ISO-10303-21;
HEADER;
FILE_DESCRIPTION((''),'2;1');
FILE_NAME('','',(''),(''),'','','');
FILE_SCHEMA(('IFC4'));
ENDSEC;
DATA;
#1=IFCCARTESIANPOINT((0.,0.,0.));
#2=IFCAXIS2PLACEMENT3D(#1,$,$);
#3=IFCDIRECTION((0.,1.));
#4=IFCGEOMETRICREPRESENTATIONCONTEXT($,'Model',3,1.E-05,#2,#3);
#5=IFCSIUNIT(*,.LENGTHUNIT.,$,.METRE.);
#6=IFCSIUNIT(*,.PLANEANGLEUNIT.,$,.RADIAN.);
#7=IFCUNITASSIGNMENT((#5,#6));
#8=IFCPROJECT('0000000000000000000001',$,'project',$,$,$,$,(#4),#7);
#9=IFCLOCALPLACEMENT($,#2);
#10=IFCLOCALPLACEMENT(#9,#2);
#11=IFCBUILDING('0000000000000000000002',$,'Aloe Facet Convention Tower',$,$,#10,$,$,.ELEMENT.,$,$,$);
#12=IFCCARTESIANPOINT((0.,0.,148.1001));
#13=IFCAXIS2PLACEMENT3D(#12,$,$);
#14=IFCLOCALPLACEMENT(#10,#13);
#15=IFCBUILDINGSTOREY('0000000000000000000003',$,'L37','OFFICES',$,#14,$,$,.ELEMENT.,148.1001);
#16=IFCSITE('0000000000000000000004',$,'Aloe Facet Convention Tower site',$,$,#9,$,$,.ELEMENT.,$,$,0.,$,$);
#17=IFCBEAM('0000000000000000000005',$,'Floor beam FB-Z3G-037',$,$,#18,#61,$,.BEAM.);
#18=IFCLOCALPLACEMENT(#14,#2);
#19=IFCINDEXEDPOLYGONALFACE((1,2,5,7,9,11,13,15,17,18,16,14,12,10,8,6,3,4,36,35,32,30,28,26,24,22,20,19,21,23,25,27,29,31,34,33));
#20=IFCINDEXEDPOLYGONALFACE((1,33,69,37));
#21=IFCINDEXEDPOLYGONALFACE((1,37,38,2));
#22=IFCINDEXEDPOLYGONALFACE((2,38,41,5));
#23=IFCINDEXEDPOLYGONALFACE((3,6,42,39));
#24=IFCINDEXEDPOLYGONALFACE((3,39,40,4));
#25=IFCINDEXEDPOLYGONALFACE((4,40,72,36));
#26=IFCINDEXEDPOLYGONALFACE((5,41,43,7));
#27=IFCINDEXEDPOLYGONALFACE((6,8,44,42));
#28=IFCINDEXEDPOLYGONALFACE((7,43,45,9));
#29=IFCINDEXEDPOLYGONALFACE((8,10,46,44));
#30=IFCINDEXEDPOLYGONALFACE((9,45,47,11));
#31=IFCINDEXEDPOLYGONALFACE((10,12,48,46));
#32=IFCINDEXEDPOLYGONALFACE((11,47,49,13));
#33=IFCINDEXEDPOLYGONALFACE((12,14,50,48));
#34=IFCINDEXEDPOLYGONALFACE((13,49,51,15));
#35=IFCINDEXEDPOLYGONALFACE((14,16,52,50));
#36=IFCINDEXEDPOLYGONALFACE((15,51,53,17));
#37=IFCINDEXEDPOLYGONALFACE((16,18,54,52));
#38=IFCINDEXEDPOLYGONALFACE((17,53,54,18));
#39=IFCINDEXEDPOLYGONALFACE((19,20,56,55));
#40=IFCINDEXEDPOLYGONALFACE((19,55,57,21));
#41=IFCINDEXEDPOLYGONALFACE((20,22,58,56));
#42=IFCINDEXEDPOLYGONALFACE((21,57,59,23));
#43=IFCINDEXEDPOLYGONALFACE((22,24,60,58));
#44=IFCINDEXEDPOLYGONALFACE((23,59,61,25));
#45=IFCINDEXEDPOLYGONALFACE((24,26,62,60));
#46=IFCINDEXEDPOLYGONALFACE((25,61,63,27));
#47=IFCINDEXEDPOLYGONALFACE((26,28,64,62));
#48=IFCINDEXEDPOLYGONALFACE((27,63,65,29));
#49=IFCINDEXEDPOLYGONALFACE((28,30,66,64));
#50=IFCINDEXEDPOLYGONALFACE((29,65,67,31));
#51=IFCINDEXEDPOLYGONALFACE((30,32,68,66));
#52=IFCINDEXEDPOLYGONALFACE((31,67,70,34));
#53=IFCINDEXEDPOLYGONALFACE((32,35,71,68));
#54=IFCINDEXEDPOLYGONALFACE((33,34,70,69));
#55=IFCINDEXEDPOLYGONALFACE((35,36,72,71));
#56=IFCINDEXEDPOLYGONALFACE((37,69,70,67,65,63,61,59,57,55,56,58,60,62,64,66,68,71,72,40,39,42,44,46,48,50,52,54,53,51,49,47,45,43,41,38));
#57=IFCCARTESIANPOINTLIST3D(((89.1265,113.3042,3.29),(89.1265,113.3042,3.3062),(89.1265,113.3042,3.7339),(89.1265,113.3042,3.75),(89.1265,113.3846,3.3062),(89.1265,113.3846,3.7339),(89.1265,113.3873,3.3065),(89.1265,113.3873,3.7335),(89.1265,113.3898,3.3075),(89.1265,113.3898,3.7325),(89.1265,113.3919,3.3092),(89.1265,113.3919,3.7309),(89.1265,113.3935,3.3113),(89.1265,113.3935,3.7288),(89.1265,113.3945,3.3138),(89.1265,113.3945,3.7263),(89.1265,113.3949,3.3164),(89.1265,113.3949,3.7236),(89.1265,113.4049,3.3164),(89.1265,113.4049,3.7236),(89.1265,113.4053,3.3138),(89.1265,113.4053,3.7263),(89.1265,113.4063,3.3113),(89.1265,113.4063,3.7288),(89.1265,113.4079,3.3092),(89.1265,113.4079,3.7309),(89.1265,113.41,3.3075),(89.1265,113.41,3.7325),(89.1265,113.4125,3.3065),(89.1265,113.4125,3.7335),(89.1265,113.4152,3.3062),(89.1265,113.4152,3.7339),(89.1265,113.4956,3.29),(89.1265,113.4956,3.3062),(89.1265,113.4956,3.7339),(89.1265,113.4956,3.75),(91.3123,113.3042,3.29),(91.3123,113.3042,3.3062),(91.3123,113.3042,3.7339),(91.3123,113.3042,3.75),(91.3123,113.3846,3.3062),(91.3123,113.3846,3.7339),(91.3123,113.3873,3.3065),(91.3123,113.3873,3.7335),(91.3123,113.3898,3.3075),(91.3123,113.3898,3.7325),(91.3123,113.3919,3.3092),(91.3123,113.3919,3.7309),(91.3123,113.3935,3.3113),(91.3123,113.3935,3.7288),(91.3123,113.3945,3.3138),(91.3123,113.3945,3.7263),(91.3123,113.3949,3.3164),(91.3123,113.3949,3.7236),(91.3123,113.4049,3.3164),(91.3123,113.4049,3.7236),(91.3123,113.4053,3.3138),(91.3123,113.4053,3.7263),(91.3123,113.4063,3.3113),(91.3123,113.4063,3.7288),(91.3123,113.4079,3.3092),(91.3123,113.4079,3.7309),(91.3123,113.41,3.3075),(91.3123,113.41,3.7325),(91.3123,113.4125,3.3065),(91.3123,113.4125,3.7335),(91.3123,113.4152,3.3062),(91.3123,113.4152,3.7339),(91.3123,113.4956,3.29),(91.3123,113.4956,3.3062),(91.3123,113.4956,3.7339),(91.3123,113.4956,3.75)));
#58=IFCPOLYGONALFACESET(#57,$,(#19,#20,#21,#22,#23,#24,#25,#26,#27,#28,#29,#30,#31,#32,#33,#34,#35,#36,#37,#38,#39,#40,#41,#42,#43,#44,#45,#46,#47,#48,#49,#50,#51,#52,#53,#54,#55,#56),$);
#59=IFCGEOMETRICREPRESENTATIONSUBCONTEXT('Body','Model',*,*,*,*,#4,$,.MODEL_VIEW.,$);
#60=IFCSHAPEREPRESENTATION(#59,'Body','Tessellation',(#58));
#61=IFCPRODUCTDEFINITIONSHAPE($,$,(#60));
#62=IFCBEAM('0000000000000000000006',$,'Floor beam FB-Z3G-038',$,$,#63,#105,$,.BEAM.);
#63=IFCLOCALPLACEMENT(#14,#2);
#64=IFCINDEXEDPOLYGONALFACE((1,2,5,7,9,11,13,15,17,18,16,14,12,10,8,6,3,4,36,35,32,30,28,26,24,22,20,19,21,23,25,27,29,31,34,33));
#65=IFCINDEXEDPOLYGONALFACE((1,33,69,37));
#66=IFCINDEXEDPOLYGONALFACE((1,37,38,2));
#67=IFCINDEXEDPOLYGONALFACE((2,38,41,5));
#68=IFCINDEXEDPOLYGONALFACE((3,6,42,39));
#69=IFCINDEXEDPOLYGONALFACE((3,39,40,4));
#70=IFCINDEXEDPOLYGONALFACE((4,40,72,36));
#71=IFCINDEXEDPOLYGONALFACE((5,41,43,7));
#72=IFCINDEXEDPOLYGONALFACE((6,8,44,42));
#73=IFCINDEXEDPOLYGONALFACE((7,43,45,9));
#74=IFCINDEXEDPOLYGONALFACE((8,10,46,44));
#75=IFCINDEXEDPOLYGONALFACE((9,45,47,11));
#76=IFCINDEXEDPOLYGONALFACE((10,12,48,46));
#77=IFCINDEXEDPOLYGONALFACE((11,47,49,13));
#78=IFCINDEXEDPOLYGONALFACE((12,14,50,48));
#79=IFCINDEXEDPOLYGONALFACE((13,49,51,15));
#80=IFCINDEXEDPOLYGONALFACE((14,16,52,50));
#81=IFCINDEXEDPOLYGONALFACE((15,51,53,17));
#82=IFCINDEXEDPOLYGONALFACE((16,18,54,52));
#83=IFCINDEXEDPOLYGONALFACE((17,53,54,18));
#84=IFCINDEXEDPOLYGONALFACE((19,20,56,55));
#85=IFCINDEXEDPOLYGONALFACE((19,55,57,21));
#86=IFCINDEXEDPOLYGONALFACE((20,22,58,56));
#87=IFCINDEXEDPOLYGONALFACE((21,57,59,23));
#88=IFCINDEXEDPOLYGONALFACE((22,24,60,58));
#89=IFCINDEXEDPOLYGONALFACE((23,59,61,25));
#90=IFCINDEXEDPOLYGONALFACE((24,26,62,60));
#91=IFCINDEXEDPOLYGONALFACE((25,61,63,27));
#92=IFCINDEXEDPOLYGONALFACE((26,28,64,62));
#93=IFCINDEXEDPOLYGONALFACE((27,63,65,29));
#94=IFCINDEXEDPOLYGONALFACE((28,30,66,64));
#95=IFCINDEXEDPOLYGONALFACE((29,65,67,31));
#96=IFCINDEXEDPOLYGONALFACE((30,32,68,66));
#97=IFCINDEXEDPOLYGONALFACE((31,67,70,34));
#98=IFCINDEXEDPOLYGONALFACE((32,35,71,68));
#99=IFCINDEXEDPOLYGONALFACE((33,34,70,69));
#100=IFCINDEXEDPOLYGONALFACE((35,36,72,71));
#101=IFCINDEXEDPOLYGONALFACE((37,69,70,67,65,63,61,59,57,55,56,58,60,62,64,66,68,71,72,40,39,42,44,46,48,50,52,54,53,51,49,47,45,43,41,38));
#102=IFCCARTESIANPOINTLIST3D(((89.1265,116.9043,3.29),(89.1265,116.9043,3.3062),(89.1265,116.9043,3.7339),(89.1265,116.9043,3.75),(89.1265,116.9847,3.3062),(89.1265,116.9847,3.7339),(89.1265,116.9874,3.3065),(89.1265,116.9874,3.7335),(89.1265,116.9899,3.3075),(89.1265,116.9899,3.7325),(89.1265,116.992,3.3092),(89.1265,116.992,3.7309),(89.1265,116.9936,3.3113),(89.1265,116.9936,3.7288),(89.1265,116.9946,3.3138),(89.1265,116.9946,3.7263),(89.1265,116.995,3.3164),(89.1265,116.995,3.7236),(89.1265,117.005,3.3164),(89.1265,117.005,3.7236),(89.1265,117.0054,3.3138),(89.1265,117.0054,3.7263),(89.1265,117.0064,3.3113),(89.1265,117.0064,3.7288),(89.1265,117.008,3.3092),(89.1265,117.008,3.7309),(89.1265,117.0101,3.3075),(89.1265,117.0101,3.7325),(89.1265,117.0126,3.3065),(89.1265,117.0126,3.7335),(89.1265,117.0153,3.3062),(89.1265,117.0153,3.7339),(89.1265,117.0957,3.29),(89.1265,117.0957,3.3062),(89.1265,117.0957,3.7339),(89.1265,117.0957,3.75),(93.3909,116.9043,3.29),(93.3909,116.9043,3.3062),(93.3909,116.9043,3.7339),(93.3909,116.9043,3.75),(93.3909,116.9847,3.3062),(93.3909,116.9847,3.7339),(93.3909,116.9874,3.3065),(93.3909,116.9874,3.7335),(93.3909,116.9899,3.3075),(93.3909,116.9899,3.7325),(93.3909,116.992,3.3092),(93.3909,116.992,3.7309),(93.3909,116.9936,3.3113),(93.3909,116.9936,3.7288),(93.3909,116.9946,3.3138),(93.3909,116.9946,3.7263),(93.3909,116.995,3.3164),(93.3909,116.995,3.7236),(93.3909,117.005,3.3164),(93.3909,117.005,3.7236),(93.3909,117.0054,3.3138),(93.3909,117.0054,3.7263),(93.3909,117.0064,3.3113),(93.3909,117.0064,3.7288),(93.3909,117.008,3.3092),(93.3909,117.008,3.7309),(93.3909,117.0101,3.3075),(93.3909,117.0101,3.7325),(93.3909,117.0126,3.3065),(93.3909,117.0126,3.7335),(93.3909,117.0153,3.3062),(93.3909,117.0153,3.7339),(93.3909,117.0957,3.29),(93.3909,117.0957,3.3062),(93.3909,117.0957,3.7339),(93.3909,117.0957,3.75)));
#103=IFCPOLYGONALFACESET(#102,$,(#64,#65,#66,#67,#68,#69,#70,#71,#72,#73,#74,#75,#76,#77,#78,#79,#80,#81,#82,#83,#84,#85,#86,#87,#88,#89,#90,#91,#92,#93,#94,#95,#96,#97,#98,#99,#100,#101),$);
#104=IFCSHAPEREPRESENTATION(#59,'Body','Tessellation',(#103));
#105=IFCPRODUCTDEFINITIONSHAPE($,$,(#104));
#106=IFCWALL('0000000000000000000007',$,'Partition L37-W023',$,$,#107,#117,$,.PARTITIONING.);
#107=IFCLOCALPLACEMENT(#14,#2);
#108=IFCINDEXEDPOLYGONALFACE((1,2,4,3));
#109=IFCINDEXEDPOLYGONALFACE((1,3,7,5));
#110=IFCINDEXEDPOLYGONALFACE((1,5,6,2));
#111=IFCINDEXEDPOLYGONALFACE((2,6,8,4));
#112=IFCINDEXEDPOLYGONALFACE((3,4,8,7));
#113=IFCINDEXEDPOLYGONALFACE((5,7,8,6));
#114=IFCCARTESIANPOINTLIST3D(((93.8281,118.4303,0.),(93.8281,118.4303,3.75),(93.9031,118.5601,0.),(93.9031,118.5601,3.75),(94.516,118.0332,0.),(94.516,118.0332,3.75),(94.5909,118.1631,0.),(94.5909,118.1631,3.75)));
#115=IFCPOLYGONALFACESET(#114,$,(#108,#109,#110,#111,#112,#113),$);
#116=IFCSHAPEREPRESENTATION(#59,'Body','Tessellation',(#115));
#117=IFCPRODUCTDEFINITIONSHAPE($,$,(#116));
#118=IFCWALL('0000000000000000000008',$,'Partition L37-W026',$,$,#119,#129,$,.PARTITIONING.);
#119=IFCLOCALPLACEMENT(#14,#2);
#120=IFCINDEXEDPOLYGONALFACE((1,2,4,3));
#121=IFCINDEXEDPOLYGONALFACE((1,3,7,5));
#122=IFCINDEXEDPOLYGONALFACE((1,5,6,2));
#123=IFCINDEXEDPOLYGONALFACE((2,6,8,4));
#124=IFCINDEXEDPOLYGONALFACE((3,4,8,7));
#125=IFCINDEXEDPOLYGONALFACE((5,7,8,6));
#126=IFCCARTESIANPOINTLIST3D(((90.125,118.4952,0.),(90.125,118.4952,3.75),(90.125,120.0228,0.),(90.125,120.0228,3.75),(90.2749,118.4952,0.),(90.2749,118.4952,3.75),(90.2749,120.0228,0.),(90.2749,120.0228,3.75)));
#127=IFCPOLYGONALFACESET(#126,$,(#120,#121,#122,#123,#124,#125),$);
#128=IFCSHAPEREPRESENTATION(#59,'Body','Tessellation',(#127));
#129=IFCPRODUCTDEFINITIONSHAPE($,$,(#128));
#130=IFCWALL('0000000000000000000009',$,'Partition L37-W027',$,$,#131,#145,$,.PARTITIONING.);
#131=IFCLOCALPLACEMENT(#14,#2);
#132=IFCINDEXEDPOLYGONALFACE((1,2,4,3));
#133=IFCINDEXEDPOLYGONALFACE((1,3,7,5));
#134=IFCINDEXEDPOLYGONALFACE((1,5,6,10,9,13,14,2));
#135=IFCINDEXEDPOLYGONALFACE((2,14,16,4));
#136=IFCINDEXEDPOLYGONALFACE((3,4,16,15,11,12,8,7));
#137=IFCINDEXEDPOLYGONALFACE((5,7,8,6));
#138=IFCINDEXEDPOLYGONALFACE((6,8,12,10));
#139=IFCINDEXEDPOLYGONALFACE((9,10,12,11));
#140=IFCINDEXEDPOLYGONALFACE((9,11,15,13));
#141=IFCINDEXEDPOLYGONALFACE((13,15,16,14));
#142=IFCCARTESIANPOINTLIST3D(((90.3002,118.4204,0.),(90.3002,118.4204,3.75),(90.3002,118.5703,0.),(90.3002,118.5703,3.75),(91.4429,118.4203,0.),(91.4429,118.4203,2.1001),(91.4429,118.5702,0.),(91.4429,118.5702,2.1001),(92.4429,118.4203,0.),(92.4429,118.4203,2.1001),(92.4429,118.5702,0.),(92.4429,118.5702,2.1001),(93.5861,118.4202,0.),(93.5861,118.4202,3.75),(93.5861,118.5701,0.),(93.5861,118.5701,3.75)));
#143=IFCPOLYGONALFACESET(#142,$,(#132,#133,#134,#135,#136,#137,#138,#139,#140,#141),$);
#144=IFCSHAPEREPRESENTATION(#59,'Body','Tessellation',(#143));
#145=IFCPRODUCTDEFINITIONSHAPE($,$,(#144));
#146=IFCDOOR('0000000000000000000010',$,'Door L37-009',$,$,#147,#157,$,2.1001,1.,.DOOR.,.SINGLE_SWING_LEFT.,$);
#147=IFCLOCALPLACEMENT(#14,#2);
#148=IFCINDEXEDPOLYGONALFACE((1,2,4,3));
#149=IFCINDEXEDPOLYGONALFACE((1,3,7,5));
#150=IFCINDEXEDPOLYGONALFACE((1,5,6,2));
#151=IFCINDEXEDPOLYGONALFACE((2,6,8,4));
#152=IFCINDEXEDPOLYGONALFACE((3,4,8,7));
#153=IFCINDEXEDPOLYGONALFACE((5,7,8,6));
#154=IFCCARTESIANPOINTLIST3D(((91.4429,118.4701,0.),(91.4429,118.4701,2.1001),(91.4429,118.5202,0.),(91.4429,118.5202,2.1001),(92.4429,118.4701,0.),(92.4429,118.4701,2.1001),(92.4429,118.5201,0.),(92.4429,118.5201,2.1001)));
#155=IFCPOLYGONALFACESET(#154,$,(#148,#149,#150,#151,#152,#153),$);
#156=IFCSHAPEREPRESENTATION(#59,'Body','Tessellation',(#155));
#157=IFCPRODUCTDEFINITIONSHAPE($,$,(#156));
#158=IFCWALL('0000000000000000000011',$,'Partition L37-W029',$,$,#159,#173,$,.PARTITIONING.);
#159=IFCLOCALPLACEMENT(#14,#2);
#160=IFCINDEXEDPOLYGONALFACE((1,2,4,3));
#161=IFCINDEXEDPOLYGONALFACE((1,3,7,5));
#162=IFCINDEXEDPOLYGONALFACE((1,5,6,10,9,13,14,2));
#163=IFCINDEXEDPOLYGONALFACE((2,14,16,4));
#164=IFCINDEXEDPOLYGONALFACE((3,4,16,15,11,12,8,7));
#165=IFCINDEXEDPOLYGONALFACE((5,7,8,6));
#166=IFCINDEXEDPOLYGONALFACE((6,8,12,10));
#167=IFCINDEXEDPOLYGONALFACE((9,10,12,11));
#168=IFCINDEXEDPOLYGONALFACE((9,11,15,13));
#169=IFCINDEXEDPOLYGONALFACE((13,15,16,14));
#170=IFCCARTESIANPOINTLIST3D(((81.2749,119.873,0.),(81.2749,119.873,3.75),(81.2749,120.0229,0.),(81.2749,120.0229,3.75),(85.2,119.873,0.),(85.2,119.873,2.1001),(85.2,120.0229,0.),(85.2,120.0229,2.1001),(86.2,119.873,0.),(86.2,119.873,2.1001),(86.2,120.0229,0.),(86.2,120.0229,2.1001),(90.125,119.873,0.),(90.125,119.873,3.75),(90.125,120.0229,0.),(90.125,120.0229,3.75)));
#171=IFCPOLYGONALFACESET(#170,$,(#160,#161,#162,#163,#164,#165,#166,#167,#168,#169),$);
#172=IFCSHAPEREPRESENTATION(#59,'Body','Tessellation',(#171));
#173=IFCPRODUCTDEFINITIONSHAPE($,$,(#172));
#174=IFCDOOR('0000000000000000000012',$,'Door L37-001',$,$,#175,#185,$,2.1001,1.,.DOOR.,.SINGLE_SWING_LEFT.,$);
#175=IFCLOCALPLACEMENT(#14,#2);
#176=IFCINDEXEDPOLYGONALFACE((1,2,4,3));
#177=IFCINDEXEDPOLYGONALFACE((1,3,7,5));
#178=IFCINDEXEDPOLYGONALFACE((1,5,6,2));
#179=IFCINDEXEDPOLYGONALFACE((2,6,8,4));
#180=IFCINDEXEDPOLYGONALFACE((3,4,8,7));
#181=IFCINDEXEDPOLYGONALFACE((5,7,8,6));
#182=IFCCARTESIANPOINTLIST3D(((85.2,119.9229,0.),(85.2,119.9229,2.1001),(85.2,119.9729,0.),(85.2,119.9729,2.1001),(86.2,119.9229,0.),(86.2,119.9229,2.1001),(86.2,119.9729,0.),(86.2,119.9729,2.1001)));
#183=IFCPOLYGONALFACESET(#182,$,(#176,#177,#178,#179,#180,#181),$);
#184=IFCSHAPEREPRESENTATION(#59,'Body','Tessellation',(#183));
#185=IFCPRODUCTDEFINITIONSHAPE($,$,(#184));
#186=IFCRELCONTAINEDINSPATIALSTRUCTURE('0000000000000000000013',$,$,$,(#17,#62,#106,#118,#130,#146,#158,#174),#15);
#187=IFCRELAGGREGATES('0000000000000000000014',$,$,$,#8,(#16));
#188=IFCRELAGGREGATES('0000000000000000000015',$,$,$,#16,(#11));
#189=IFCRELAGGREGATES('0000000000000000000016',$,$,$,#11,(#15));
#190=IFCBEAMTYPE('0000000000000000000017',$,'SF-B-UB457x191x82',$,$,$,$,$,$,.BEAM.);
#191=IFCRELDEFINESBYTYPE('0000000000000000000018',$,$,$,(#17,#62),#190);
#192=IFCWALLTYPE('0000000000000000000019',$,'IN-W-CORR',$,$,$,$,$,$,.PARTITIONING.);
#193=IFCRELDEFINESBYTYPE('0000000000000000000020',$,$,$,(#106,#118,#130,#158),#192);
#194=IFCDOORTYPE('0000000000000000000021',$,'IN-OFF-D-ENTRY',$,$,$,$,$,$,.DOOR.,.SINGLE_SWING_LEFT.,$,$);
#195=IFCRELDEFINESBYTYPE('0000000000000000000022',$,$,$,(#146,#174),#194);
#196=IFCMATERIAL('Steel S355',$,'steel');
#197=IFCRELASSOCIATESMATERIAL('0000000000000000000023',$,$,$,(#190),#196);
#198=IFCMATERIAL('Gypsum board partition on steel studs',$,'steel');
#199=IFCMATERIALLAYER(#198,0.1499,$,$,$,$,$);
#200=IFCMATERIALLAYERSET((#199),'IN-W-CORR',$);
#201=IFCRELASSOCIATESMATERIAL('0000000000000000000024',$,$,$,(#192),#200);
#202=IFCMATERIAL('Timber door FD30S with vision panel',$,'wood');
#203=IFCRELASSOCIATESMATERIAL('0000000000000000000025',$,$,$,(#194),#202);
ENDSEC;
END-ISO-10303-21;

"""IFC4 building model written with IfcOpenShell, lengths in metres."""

from ifc_helpers import new_model, si_unit, direction, frame, frame_2d, origin, origin_2d, place, context, subcontext, project, spatial, rectangle, i_section, extrude, material, layer, layer_set, material_profile, profile_set, type_object, element, fill, save


model = new_model("IFC4")

# Units and contexts
model_context = context("Model", 3, precision=1e-05, world=origin(), true_north=direction((0.0, 1.0)))
body_context = subcontext(model_context, "Body", "Model", "MODEL_VIEW")
ifc_project = project(units=[si_unit("LENGTHUNIT", "METRE"), si_unit("PLANEANGLEUNIT", "RADIAN")], contexts=[model_context])

# Site, building, storey
site_placement = place(None, origin())
site = spatial("IfcSite", under=ifc_project, at=site_placement, Name="Aloe Facet Convention Tower site", CompositionType="ELEMENT", RefElevation=0.0)
building_placement = place(site_placement, origin())
building = spatial("IfcBuilding", under=site, at=building_placement, Name="Aloe Facet Convention Tower", CompositionType="ELEMENT")
storey_placement = place(building_placement, frame((0.0, 0.0, 148.1001)))
storey = spatial("IfcBuildingStorey", under=building, at=storey_placement, Name="L37", Description="OFFICES", CompositionType="ELEMENT", Elevation=148.1001)

# Beams
ifc_material_1 = material(Name="Steel S355", Category="steel")
ifc_material_profile = material_profile(ifc_material_1, i_section(OverallWidth=0.1914, OverallDepth=0.46, WebThickness=0.01, FlangeThickness=0.0161, FilletRadius=0.0103, at=origin_2d()), Name="UB 457x191x82")
ifc_profile_set = profile_set([ifc_material_profile], Name="Steel S355")
beam_type = type_object("IfcBeamType", Name="SF-B-UB457x191x82", PredefinedType="BEAM", material=ifc_profile_set)
beam_1_placement = place(storey_placement, frame((89.1265, 113.3999, 3.52), z_axis=(1.0, 0.0, 0.0), x_axis=(0.0, 1.0, 0.0)))
element("IfcBeam", 1, at=beam_1_placement, inside=storey, type_object=beam_type, Name="Floor beam FB-Z3G-037", PredefinedType="BEAM", context=body_context, shape_type="SweptSolid", body=[
    extrude(i_section(OverallWidth=0.1914, OverallDepth=0.46, WebThickness=0.01, FlangeThickness=0.0161, FilletRadius=0.0103, at=origin_2d()), origin(), (0.0, 0.0, 1.0), 2.1858),
])
beam_2_placement = place(storey_placement, frame((89.1265, 117.0, 3.52), z_axis=(1.0, 0.0, 0.0), x_axis=(0.0, 1.0, 0.0)))
element("IfcBeam", 2, at=beam_2_placement, inside=storey, type_object=beam_type, Name="Floor beam FB-Z3G-038", PredefinedType="BEAM", context=body_context, shape_type="SweptSolid", body=[
    extrude(i_section(OverallWidth=0.1914, OverallDepth=0.46, WebThickness=0.01, FlangeThickness=0.0161, FilletRadius=0.0103, at=origin_2d()), origin(), (0.0, 0.0, 1.0), 4.2644),
])

# Walls
ifc_material_2 = material(Name="Gypsum board partition on steel studs", Category="steel")
ifc_layer_1 = layer(ifc_material_2, 0.1499)
ifc_layer_set_1 = layer_set([ifc_layer_1], Name="IN-W-CORR")
wall_type_1 = type_object("IfcWallType", Name="IN-W-CORR", PredefinedType="PARTITIONING", material=ifc_layer_set_1)
wall_1_placement = place(storey_placement, frame((93.8657, 118.4951, 0.0), z_axis=(0.0, 0.0, 1.0), x_axis=(0.866078, -0.499909, 0.0)))
element("IfcWall", 3, at=wall_1_placement, inside=storey, type_object=wall_type_1, Name="Partition L37-W023", PredefinedType="PARTITIONING", context=body_context, shape_type="SweptSolid", body=[
    extrude(rectangle(XDim=0.7942, YDim=0.1499, at=frame_2d((0.397, 0.0))), origin(), (0.0, 0.0, 1.0), 3.75),
])
wall_2_placement = place(storey_placement, frame((90.2, 118.4954, 0.0), z_axis=(0.0, 0.0, 1.0), x_axis=(0.0, 1.0, 0.0)))
element("IfcWall", 4, at=wall_2_placement, inside=storey, type_object=wall_type_1, Name="Partition L37-W026", PredefinedType="PARTITIONING", context=body_context, shape_type="SweptSolid", body=[
    extrude(rectangle(XDim=1.5276, YDim=0.1499, at=frame_2d((0.7637, 0.0))), origin(), (0.0, 0.0, 1.0), 3.75),
])

# Walls, openings, doors
wall_3_placement = place(storey_placement, frame((90.3, 118.4954, 0.0), z_axis=(0.0, 0.0, 1.0), x_axis=(1.0, -0.000074, 0.0)))
wall_3 = element("IfcWall", 5, at=wall_3_placement, inside=storey, type_object=wall_type_1, Name="Partition L37-W027", PredefinedType="PARTITIONING", context=body_context, shape_type="SweptSolid", body=[
    extrude(rectangle(XDim=3.2859, YDim=0.1499, at=frame_2d((1.6431, 0.0))), origin(), (0.0, 0.0, 1.0), 3.75),
])
opening_1_placement = place(wall_3_placement, frame((1.1428, 0.0, 0.0)))
opening_1 = element("IfcOpeningElement", 6, at=opening_1_placement, cuts=wall_3, PredefinedType="OPENING", context=body_context, shape_type="SweptSolid", body=[
    extrude(rectangle(XDim=1.0, YDim=2.1001, at=frame_2d((0.5, 1.05))), frame((0.0, 0.085, 0.0), z_axis=(0.0, -1.0, 0.0), x_axis=(1.0, 0.0, 0.0)), (0.0, 0.0, 1.0), 0.1699),
])
ifc_material_3 = material(Name="Timber door FD30S with vision panel", Category="wood")
door_type_1 = type_object("IfcDoorType", Name="IN-OFF-D-ENTRY", OperationType="SINGLE_SWING_LEFT", PredefinedType="DOOR", material=ifc_material_3)
door_1_placement = place(opening_1_placement, origin())
door_1 = element("IfcDoor", 7, at=door_1_placement, inside=storey, type_object=door_type_1, Name="Door L37-009", OperationType="SINGLE_SWING_LEFT", OverallHeight=2.1001, OverallWidth=1.0, PredefinedType="DOOR", context=body_context, shape_type="SweptSolid", body=[
    extrude(rectangle(XDim=1.0, YDim=2.1001, at=frame_2d((0.5, 1.05))), frame((0.0, 0.0249, 0.0), z_axis=(0.0, -1.0, 0.0), x_axis=(1.0, 0.0, 0.0)), (0.0, 0.0, 1.0), 0.05),
])
fill(opening_1, door_1)
wall_4_placement = place(storey_placement, frame((81.2749, 119.948, 0.0), z_axis=(0.0, 0.0, 1.0), x_axis=(1.0, 0.0, 0.0)))
wall_4 = element("IfcWall", 8, at=wall_4_placement, inside=storey, type_object=wall_type_1, Name="Partition L37-W029", PredefinedType="PARTITIONING", context=body_context, shape_type="SweptSolid", body=[
    extrude(rectangle(XDim=8.8501, YDim=0.1499, at=frame_2d((4.425, 0.0))), origin(), (0.0, 0.0, 1.0), 3.75),
])
opening_2_placement = place(wall_4_placement, frame((3.925, 0.0, 0.0)))
opening_2 = element("IfcOpeningElement", 9, at=opening_2_placement, cuts=wall_4, PredefinedType="OPENING", context=body_context, shape_type="SweptSolid", body=[
    extrude(rectangle(XDim=1.0, YDim=2.1001, at=frame_2d((0.5, 1.05))), frame((0.0, 0.085, 0.0), z_axis=(0.0, -1.0, 0.0), x_axis=(1.0, 0.0, 0.0)), (0.0, 0.0, 1.0), 0.1699),
])
door_2_placement = place(opening_2_placement, origin())
door_2 = element("IfcDoor", 10, at=door_2_placement, inside=storey, type_object=door_type_1, Name="Door L37-001", OperationType="SINGLE_SWING_LEFT", OverallHeight=2.1001, OverallWidth=1.0, PredefinedType="DOOR", context=body_context, shape_type="SweptSolid", body=[
    extrude(rectangle(XDim=1.0, YDim=2.1001, at=frame_2d((0.5, 1.05))), frame((0.0, 0.0249, 0.0), z_axis=(0.0, -1.0, 0.0), x_axis=(1.0, 0.0, 0.0)), (0.0, 0.0, 1.0), 0.05),
])
fill(opening_2, door_2)

save(model, "model.ifc")
